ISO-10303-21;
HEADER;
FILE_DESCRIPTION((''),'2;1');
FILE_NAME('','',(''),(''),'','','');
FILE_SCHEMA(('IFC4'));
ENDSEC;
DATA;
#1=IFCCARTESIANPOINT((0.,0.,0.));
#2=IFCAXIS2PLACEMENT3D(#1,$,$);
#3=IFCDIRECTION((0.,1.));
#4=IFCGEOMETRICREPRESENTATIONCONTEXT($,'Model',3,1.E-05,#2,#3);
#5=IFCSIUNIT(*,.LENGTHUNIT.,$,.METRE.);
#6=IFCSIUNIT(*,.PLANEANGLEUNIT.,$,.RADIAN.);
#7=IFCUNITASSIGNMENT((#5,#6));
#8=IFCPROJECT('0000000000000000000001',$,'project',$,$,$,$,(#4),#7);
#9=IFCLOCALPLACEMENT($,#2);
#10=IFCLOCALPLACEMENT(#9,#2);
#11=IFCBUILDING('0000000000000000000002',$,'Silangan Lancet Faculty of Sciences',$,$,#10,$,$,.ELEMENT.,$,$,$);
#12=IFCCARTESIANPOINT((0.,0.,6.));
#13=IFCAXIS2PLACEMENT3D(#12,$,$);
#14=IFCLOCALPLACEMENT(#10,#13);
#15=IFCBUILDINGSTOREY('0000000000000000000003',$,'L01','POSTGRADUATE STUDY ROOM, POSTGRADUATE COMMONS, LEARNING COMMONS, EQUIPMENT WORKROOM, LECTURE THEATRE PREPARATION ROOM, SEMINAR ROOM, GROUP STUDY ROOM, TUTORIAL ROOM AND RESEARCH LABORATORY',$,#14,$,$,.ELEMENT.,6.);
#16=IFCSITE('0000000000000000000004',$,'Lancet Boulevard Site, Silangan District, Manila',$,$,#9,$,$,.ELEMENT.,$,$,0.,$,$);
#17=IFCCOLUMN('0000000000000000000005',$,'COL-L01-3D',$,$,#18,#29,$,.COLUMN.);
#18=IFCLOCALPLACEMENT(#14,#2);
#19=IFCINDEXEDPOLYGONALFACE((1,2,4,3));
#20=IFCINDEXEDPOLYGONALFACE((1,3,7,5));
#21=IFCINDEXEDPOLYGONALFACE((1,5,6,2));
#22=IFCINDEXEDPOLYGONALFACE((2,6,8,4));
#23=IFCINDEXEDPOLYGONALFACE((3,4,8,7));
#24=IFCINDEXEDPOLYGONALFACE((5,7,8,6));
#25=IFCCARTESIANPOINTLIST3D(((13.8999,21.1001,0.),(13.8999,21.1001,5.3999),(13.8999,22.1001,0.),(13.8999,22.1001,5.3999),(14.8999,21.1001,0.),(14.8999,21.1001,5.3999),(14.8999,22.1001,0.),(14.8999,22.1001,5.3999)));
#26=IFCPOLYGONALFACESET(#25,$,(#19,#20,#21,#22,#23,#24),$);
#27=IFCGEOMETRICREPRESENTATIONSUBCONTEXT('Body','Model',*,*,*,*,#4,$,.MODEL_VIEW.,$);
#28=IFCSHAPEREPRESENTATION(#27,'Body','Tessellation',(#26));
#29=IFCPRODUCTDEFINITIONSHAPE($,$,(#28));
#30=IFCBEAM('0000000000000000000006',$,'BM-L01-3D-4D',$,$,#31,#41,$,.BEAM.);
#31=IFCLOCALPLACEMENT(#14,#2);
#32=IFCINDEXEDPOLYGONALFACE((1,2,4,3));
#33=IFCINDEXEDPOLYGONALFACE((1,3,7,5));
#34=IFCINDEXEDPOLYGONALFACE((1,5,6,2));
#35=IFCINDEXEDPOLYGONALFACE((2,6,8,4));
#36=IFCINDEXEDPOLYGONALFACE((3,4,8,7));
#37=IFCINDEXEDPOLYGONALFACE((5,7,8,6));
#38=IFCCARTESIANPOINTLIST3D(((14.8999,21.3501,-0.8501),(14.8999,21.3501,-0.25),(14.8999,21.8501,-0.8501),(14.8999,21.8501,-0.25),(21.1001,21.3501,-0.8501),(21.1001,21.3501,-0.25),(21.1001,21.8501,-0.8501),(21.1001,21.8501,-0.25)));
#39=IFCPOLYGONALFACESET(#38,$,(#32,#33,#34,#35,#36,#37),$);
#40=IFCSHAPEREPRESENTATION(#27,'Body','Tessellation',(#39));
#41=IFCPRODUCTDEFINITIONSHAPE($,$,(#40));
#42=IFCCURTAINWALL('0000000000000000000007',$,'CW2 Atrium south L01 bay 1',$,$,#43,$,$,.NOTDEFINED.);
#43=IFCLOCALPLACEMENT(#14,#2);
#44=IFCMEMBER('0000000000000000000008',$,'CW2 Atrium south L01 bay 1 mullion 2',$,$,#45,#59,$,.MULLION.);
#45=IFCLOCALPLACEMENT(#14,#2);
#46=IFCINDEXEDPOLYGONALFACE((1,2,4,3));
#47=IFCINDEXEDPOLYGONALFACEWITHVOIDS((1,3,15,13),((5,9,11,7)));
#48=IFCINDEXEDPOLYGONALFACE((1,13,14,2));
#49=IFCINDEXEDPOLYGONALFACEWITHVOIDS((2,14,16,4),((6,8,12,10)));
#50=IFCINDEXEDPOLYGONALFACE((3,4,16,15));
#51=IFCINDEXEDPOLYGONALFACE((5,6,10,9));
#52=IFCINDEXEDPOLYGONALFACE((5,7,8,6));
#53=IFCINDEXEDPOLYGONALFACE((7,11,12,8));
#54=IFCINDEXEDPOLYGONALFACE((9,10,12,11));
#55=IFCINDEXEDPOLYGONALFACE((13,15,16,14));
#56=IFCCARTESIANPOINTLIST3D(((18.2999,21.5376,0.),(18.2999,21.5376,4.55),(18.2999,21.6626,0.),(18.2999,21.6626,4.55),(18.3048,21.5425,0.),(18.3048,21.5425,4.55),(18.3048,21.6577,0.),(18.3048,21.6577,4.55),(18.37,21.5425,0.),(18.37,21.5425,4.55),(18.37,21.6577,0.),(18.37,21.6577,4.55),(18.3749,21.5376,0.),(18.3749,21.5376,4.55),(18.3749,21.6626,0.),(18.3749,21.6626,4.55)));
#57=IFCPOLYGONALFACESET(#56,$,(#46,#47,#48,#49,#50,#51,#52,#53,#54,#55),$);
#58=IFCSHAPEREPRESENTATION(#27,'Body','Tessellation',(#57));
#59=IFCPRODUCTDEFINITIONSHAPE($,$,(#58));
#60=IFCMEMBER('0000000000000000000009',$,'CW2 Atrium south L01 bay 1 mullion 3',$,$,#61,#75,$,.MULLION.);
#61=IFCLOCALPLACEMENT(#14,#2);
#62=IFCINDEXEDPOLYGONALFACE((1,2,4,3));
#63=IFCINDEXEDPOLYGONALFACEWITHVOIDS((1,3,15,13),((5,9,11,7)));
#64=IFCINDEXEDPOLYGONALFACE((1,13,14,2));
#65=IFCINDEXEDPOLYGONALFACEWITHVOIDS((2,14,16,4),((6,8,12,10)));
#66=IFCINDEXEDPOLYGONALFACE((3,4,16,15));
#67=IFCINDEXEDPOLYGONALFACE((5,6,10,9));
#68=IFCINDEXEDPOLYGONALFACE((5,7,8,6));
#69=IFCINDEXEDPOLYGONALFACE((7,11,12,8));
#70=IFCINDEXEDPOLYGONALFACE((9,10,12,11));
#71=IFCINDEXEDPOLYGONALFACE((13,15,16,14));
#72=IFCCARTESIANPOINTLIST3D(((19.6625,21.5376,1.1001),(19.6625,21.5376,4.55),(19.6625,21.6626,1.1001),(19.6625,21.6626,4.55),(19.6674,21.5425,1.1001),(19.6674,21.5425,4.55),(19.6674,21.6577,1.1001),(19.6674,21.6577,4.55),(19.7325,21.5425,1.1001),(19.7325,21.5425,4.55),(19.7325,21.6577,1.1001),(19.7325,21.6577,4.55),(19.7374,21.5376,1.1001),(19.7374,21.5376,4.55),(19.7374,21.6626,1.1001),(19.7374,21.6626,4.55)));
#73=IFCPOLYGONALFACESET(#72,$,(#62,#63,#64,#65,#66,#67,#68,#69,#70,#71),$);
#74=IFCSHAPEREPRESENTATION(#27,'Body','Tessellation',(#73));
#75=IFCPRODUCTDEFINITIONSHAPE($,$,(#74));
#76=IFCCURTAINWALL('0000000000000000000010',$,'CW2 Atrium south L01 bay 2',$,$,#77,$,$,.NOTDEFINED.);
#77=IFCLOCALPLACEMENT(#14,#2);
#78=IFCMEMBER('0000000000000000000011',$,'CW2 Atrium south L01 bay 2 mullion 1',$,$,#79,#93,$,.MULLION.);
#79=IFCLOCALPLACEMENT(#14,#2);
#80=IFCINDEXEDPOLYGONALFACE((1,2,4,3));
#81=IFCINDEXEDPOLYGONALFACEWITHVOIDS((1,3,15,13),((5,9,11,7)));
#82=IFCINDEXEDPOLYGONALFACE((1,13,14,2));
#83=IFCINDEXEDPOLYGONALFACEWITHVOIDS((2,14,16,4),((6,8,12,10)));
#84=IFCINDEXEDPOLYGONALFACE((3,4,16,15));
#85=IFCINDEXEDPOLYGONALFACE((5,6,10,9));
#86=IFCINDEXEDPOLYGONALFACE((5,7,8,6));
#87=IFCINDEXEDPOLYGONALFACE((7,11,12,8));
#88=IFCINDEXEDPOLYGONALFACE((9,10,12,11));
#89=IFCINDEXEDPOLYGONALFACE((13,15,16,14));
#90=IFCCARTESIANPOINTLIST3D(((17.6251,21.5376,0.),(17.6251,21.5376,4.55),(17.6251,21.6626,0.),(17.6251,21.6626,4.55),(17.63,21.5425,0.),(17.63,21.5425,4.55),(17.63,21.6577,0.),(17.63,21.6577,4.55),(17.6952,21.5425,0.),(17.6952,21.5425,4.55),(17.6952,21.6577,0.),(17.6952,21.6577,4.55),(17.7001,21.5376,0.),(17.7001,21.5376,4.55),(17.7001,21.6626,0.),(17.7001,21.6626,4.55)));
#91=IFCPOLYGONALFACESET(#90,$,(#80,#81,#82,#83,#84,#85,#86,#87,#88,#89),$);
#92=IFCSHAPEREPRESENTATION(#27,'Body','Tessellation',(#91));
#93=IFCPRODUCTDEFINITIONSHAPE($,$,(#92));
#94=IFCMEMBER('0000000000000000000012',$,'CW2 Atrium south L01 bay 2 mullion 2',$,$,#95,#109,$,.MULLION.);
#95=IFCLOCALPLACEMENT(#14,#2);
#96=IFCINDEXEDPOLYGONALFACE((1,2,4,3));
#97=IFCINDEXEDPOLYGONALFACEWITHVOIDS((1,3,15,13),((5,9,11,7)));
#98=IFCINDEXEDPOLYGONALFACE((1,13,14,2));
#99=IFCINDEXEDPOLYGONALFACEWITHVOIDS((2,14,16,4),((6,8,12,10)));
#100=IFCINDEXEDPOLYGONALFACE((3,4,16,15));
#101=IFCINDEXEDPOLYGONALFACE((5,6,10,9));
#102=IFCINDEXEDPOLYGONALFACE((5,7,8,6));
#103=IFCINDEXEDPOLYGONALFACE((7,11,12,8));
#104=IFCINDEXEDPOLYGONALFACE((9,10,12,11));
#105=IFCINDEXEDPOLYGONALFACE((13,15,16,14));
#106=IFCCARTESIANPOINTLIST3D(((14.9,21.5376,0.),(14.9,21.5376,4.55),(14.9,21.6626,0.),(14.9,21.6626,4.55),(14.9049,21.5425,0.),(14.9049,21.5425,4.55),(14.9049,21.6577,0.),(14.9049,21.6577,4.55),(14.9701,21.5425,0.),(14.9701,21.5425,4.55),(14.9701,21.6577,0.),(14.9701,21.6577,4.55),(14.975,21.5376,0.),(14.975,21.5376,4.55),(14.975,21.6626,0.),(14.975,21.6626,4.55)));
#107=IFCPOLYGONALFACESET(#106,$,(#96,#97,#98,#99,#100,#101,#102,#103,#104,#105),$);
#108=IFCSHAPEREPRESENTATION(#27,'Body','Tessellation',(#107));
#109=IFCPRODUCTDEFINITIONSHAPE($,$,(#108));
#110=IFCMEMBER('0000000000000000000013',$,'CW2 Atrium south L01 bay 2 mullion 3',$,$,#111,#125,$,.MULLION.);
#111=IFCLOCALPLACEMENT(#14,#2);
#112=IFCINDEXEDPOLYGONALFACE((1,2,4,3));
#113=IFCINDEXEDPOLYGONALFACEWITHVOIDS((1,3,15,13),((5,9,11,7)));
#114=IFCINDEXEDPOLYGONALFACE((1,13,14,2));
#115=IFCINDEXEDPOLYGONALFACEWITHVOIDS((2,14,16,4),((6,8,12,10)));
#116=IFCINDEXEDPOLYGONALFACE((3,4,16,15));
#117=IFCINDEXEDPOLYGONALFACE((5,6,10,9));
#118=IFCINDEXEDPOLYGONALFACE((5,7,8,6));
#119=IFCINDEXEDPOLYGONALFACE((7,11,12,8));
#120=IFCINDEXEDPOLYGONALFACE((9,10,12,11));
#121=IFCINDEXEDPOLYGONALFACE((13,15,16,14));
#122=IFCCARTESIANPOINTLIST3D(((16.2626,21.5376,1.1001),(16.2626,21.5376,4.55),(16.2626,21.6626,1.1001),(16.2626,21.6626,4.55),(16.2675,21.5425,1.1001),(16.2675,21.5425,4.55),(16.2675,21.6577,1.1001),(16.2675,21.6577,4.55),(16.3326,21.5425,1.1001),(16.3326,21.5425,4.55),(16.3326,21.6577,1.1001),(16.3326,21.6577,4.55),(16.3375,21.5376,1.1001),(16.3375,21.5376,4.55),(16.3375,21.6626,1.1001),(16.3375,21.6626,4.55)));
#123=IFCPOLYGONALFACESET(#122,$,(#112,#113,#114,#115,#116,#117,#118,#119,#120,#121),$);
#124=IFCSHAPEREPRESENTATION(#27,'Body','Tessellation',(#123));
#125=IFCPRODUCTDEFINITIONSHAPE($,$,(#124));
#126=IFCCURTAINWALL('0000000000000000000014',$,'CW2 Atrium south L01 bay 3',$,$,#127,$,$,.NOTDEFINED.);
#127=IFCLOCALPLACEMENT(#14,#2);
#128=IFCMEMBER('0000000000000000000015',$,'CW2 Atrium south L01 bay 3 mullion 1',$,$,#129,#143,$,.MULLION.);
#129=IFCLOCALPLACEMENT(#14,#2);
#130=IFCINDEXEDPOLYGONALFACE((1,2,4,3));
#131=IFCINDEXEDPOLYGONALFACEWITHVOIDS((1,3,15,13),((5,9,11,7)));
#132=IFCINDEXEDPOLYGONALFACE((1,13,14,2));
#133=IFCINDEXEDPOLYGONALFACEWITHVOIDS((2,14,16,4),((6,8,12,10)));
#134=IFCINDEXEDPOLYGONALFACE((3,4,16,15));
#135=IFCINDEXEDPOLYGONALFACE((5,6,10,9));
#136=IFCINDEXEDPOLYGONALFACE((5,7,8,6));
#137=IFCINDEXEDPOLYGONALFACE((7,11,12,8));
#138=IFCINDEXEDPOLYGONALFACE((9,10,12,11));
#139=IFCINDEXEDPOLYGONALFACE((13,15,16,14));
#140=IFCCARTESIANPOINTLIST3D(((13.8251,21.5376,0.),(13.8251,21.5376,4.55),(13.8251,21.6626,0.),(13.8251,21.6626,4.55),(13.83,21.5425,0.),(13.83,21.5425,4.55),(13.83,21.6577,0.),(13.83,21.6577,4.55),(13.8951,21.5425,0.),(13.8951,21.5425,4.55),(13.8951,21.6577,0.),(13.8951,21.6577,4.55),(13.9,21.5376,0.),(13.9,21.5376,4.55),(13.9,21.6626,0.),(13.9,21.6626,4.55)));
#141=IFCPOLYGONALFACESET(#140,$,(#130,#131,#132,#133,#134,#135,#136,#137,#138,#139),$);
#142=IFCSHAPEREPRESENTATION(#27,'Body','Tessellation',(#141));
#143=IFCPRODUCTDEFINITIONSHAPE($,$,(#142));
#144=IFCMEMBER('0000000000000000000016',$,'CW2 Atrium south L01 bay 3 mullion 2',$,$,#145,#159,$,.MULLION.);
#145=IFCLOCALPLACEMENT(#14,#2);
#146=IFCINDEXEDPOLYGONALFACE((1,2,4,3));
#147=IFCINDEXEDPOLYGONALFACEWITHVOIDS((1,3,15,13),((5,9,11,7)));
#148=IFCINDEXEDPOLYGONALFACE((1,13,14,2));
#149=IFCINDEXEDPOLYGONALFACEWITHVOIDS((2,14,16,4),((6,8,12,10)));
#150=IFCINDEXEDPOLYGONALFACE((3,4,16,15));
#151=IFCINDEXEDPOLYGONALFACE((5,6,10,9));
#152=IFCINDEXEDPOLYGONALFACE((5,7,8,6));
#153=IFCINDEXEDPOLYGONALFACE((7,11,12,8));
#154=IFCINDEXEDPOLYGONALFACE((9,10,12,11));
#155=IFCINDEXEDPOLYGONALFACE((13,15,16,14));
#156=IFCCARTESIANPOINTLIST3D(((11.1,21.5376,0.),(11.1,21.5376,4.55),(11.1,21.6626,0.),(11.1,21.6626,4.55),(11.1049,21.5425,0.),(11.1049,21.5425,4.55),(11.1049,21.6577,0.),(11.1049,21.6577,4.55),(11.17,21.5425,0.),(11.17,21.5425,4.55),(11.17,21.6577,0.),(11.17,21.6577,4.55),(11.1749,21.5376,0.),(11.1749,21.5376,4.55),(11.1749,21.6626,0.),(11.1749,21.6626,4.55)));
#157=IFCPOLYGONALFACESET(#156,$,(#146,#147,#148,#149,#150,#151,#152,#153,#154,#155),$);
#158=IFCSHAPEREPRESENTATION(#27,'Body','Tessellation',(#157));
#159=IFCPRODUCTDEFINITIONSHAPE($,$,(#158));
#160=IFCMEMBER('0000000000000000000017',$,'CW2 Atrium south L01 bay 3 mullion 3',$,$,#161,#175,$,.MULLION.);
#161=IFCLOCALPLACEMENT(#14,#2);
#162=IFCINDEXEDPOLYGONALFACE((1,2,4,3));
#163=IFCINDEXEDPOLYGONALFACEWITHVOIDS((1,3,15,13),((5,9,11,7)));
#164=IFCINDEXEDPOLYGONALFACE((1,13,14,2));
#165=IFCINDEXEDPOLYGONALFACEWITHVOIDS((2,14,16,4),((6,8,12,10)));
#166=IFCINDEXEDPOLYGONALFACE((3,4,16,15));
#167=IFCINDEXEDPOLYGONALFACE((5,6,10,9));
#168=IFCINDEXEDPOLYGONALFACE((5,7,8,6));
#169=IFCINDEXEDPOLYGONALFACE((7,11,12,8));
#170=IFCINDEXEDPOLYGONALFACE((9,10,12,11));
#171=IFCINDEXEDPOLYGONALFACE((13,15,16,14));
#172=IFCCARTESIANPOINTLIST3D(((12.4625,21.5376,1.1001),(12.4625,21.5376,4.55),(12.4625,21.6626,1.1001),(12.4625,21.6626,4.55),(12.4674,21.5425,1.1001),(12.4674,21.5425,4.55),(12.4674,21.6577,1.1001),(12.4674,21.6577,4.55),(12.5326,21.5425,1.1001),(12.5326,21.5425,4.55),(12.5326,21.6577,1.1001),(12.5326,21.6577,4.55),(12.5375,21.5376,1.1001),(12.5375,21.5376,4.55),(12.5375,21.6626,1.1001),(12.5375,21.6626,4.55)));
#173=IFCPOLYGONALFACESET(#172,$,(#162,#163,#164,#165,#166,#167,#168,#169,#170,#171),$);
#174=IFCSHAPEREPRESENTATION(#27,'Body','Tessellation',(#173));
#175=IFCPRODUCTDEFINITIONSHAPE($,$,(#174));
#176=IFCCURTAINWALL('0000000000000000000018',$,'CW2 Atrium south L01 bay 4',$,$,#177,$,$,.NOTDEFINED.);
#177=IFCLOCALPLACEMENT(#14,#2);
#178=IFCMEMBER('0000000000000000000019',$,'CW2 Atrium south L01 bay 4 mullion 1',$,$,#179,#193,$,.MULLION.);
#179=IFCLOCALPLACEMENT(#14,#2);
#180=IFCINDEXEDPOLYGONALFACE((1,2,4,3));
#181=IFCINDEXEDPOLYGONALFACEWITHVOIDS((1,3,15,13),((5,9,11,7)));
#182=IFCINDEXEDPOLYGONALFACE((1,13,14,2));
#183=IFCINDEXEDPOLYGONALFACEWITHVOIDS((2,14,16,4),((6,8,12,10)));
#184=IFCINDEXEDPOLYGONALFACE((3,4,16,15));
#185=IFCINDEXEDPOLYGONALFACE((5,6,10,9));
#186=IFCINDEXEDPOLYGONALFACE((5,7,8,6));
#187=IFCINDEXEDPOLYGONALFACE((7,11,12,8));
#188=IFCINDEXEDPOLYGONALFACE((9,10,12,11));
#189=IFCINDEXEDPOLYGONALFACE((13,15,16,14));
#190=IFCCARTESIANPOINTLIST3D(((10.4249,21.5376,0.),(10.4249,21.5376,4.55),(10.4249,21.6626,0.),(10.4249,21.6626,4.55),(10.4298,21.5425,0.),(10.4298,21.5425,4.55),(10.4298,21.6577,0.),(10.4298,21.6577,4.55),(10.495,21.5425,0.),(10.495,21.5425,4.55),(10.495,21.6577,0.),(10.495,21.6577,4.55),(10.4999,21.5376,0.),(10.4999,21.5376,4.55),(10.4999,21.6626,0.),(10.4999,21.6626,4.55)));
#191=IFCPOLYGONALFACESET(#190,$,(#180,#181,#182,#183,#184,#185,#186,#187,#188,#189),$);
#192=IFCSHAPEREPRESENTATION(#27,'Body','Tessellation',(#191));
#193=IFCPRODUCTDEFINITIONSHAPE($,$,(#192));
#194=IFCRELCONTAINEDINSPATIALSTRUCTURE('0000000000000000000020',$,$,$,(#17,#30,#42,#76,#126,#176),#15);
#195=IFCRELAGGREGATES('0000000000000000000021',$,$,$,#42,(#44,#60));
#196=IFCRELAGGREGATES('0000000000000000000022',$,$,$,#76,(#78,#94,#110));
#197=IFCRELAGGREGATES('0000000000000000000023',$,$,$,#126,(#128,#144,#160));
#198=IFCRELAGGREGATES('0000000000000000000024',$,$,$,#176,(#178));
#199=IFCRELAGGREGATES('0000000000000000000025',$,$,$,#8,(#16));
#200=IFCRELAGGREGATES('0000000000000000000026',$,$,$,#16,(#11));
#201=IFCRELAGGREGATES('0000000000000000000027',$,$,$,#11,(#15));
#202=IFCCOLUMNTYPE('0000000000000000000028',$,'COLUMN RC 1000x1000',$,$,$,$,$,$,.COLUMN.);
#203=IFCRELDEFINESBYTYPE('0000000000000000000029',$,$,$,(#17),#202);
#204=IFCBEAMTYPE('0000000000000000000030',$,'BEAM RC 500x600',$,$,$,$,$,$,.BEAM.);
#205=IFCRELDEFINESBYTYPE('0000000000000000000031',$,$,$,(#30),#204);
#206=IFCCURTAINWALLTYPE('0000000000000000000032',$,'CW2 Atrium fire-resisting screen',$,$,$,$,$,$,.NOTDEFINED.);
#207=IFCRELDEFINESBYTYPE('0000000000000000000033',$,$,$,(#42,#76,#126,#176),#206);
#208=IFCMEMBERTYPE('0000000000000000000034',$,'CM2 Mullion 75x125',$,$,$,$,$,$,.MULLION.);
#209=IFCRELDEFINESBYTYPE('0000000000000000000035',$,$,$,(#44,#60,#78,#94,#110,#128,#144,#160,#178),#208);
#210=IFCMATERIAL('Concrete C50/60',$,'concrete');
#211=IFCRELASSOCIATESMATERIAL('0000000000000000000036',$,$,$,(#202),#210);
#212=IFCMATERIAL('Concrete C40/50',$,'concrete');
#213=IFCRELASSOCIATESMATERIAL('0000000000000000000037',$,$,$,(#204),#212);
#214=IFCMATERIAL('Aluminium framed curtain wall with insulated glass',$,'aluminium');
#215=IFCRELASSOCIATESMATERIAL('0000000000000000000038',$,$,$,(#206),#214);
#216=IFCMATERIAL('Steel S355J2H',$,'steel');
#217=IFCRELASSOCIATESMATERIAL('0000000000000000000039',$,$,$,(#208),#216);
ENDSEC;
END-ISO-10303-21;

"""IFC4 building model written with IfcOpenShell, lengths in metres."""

from ifc_helpers import new_model, si_unit, direction, frame, origin, origin_2d, place, context, subcontext, project, spatial, rectangle, hollow_rectangle, extrude, material, material_profile, profile_set, type_object, element, aggregate, save


model = new_model("IFC4")

# Units and contexts
model_context = context("Model", 3, precision=1e-05, world=origin(), true_north=direction((0.0, 1.0)))
body_context = subcontext(model_context, "Body", "Model", "MODEL_VIEW")
ifc_project = project(units=[si_unit("LENGTHUNIT", "METRE"), si_unit("PLANEANGLEUNIT", "RADIAN")], contexts=[model_context])

# Site, building, storey
site_placement = place(None, origin())
site = spatial("IfcSite", under=ifc_project, at=site_placement, Name="Lancet Boulevard Site, Silangan District, Manila", CompositionType="ELEMENT", RefElevation=0.0)
building_placement = place(site_placement, origin())
building = spatial("IfcBuilding", under=site, at=building_placement, Name="Silangan Lancet Faculty of Sciences", CompositionType="ELEMENT")
storey_placement = place(building_placement, frame((0.0, 0.0, 6.0)))
storey = spatial("IfcBuildingStorey", under=building, at=storey_placement, Name="L01", Description="POSTGRADUATE STUDY ROOM, POSTGRADUATE COMMONS, LEARNING COMMONS, EQUIPMENT WORKROOM, LECTURE THEATRE PREPARATION ROOM, SEMINAR ROOM, GROUP STUDY ROOM, TUTORIAL ROOM AND RESEARCH LABORATORY", CompositionType="ELEMENT", Elevation=6.0)

# Column
ifc_material_1 = material(Name="Concrete C50/60", Category="concrete")
ifc_material_profile_1 = material_profile(ifc_material_1, rectangle(XDim=1.0, YDim=1.0, at=origin_2d()), Name="RC 1000x1000")
ifc_profile_set_1 = profile_set([ifc_material_profile_1], Name="Concrete C50/60")
column_type = type_object("IfcColumnType", Name="COLUMN RC 1000x1000", PredefinedType="COLUMN", material=ifc_profile_set_1)
column_placement = place(storey_placement, frame((14.3999, 21.6001, 0.0), z_axis=(0.0, 0.0, 1.0), x_axis=(1.0, 0.0, 0.0)))
element("IfcColumn", 1, at=column_placement, inside=storey, type_object=column_type, Name="COL-L01-3D", PredefinedType="COLUMN", context=body_context, shape_type="SweptSolid", body=[
    extrude(rectangle(XDim=1.0, YDim=1.0, at=origin_2d()), origin(), (0.0, 0.0, 1.0), 5.3999),
])

# Beam
ifc_material_2 = material(Name="Concrete C40/50", Category="concrete")
ifc_material_profile_2 = material_profile(ifc_material_2, rectangle(XDim=0.5, YDim=0.6001, at=origin_2d()), Name="RC 500x600")
ifc_profile_set_2 = profile_set([ifc_material_profile_2], Name="Concrete C40/50")
beam_type = type_object("IfcBeamType", Name="BEAM RC 500x600", PredefinedType="BEAM", material=ifc_profile_set_2)
beam_placement = place(storey_placement, frame((14.8999, 21.6001, -0.55), z_axis=(1.0, 0.0, 0.0), x_axis=(0.0, 1.0, 0.0)))
element("IfcBeam", 2, at=beam_placement, inside=storey, type_object=beam_type, Name="BM-L01-3D-4D", PredefinedType="BEAM", context=body_context, shape_type="SweptSolid", body=[
    extrude(rectangle(XDim=0.5, YDim=0.6001, at=origin_2d()), origin(), (0.0, 0.0, 1.0), 6.2002),
])

# Curtain walls, members
ifc_material_3 = material(Name="Aluminium framed curtain wall with insulated glass", Category="aluminium")
curtain_wall_type = type_object("IfcCurtainWallType", Name="CW2 Atrium fire-resisting screen", PredefinedType="NOTDEFINED", material=ifc_material_3)
curtain_wall_1_placement = place(storey_placement, origin())
curtain_wall_1 = element("IfcCurtainWall", 3, at=curtain_wall_1_placement, inside=storey, type_object=curtain_wall_type, Name="CW2 Atrium south L01 bay 1", PredefinedType="NOTDEFINED")
ifc_material_4 = material(Name="Steel S355J2H", Category="steel")
ifc_material_profile_3 = material_profile(ifc_material_4, hollow_rectangle(XDim=0.075, YDim=0.125, WallThickness=0.0049, at=origin_2d()), Name="ST BOX 75x125x5")
ifc_profile_set_3 = profile_set([ifc_material_profile_3], Name="Steel S355J2H")
member_type_1 = type_object("IfcMemberType", Name="CM2 Mullion 75x125", PredefinedType="MULLION", material=ifc_profile_set_3)
member_1_placement = place(storey_placement, frame((18.3374, 21.6001, 0.0), z_axis=(0.0, 0.0, 1.0), x_axis=(-1.0, 0.0, 0.0)))
member_1 = element("IfcMember", 4, at=member_1_placement, type_object=member_type_1, Name="CW2 Atrium south L01 bay 1 mullion 2", PredefinedType="MULLION", context=body_context, shape_type="SweptSolid", body=[
    extrude(hollow_rectangle(XDim=0.075, YDim=0.125, WallThickness=0.0049, at=origin_2d()), origin(), (0.0, 0.0, 1.0), 4.55),
])
member_2_placement = place(storey_placement, frame((19.7, 21.6001, 1.1001), z_axis=(0.0, 0.0, 1.0), x_axis=(-1.0, 0.0, 0.0)))
member_2 = element("IfcMember", 5, at=member_2_placement, type_object=member_type_1, Name="CW2 Atrium south L01 bay 1 mullion 3", PredefinedType="MULLION", context=body_context, shape_type="SweptSolid", body=[
    extrude(hollow_rectangle(XDim=0.075, YDim=0.125, WallThickness=0.0049, at=origin_2d()), origin(), (0.0, 0.0, 1.0), 3.45),
])
curtain_wall_2_placement = place(storey_placement, origin())
curtain_wall_2 = element("IfcCurtainWall", 6, at=curtain_wall_2_placement, inside=storey, type_object=curtain_wall_type, Name="CW2 Atrium south L01 bay 2", PredefinedType="NOTDEFINED")
member_3_placement = place(storey_placement, frame((17.6626, 21.6001, 0.0), z_axis=(0.0, 0.0, 1.0), x_axis=(-1.0, 0.0, 0.0)))
member_3 = element("IfcMember", 7, at=member_3_placement, type_object=member_type_1, Name="CW2 Atrium south L01 bay 2 mullion 1", PredefinedType="MULLION", context=body_context, shape_type="SweptSolid", body=[
    extrude(hollow_rectangle(XDim=0.075, YDim=0.125, WallThickness=0.0049, at=origin_2d()), origin(), (0.0, 0.0, 1.0), 4.55),
])
member_4_placement = place(storey_placement, frame((14.9375, 21.6001, 0.0), z_axis=(0.0, 0.0, 1.0), x_axis=(-1.0, 0.0, 0.0)))
member_4 = element("IfcMember", 8, at=member_4_placement, type_object=member_type_1, Name="CW2 Atrium south L01 bay 2 mullion 2", PredefinedType="MULLION", context=body_context, shape_type="SweptSolid", body=[
    extrude(hollow_rectangle(XDim=0.075, YDim=0.125, WallThickness=0.0049, at=origin_2d()), origin(), (0.0, 0.0, 1.0), 4.55),
])
member_5_placement = place(storey_placement, frame((16.3, 21.6001, 1.1001), z_axis=(0.0, 0.0, 1.0), x_axis=(-1.0, 0.0, 0.0)))
member_5 = element("IfcMember", 9, at=member_5_placement, type_object=member_type_1, Name="CW2 Atrium south L01 bay 2 mullion 3", PredefinedType="MULLION", context=body_context, shape_type="SweptSolid", body=[
    extrude(hollow_rectangle(XDim=0.075, YDim=0.125, WallThickness=0.0049, at=origin_2d()), origin(), (0.0, 0.0, 1.0), 3.45),
])
curtain_wall_3_placement = place(storey_placement, origin())
curtain_wall_3 = element("IfcCurtainWall", 10, at=curtain_wall_3_placement, inside=storey, type_object=curtain_wall_type, Name="CW2 Atrium south L01 bay 3", PredefinedType="NOTDEFINED")
member_6_placement = place(storey_placement, frame((13.8625, 21.6001, 0.0), z_axis=(0.0, 0.0, 1.0), x_axis=(-1.0, 0.0, 0.0)))
member_6 = element("IfcMember", 11, at=member_6_placement, type_object=member_type_1, Name="CW2 Atrium south L01 bay 3 mullion 1", PredefinedType="MULLION", context=body_context, shape_type="SweptSolid", body=[
    extrude(hollow_rectangle(XDim=0.075, YDim=0.125, WallThickness=0.0049, at=origin_2d()), origin(), (0.0, 0.0, 1.0), 4.55),
])
member_7_placement = place(storey_placement, frame((11.1375, 21.6001, 0.0), z_axis=(0.0, 0.0, 1.0), x_axis=(-1.0, 0.0, 0.0)))
member_7 = element("IfcMember", 12, at=member_7_placement, type_object=member_type_1, Name="CW2 Atrium south L01 bay 3 mullion 2", PredefinedType="MULLION", context=body_context, shape_type="SweptSolid", body=[
    extrude(hollow_rectangle(XDim=0.075, YDim=0.125, WallThickness=0.0049, at=origin_2d()), origin(), (0.0, 0.0, 1.0), 4.55),
])
member_8_placement = place(storey_placement, frame((12.5, 21.6001, 1.1001), z_axis=(0.0, 0.0, 1.0), x_axis=(-1.0, 0.0, 0.0)))
member_8 = element("IfcMember", 13, at=member_8_placement, type_object=member_type_1, Name="CW2 Atrium south L01 bay 3 mullion 3", PredefinedType="MULLION", context=body_context, shape_type="SweptSolid", body=[
    extrude(hollow_rectangle(XDim=0.075, YDim=0.125, WallThickness=0.0049, at=origin_2d()), origin(), (0.0, 0.0, 1.0), 3.45),
])

# Curtain wall, member
curtain_wall_4_placement = place(storey_placement, origin())
curtain_wall_4 = element("IfcCurtainWall", 14, at=curtain_wall_4_placement, inside=storey, type_object=curtain_wall_type, Name="CW2 Atrium south L01 bay 4", PredefinedType="NOTDEFINED")
member_9_placement = place(storey_placement, frame((10.4624, 21.6001, 0.0), z_axis=(0.0, 0.0, 1.0), x_axis=(-1.0, 0.0, 0.0)))
member_9 = element("IfcMember", 15, at=member_9_placement, type_object=member_type_1, Name="CW2 Atrium south L01 bay 4 mullion 1", PredefinedType="MULLION", context=body_context, shape_type="SweptSolid", body=[
    extrude(hollow_rectangle(XDim=0.075, YDim=0.125, WallThickness=0.0049, at=origin_2d()), origin(), (0.0, 0.0, 1.0), 4.55),
])

aggregate(curtain_wall_1, [member_1, member_2])
aggregate(curtain_wall_2, [member_3, member_4, member_5])
aggregate(curtain_wall_3, [member_6, member_7, member_8])
aggregate(curtain_wall_4, [member_9])

save(model, "model.ifc")
